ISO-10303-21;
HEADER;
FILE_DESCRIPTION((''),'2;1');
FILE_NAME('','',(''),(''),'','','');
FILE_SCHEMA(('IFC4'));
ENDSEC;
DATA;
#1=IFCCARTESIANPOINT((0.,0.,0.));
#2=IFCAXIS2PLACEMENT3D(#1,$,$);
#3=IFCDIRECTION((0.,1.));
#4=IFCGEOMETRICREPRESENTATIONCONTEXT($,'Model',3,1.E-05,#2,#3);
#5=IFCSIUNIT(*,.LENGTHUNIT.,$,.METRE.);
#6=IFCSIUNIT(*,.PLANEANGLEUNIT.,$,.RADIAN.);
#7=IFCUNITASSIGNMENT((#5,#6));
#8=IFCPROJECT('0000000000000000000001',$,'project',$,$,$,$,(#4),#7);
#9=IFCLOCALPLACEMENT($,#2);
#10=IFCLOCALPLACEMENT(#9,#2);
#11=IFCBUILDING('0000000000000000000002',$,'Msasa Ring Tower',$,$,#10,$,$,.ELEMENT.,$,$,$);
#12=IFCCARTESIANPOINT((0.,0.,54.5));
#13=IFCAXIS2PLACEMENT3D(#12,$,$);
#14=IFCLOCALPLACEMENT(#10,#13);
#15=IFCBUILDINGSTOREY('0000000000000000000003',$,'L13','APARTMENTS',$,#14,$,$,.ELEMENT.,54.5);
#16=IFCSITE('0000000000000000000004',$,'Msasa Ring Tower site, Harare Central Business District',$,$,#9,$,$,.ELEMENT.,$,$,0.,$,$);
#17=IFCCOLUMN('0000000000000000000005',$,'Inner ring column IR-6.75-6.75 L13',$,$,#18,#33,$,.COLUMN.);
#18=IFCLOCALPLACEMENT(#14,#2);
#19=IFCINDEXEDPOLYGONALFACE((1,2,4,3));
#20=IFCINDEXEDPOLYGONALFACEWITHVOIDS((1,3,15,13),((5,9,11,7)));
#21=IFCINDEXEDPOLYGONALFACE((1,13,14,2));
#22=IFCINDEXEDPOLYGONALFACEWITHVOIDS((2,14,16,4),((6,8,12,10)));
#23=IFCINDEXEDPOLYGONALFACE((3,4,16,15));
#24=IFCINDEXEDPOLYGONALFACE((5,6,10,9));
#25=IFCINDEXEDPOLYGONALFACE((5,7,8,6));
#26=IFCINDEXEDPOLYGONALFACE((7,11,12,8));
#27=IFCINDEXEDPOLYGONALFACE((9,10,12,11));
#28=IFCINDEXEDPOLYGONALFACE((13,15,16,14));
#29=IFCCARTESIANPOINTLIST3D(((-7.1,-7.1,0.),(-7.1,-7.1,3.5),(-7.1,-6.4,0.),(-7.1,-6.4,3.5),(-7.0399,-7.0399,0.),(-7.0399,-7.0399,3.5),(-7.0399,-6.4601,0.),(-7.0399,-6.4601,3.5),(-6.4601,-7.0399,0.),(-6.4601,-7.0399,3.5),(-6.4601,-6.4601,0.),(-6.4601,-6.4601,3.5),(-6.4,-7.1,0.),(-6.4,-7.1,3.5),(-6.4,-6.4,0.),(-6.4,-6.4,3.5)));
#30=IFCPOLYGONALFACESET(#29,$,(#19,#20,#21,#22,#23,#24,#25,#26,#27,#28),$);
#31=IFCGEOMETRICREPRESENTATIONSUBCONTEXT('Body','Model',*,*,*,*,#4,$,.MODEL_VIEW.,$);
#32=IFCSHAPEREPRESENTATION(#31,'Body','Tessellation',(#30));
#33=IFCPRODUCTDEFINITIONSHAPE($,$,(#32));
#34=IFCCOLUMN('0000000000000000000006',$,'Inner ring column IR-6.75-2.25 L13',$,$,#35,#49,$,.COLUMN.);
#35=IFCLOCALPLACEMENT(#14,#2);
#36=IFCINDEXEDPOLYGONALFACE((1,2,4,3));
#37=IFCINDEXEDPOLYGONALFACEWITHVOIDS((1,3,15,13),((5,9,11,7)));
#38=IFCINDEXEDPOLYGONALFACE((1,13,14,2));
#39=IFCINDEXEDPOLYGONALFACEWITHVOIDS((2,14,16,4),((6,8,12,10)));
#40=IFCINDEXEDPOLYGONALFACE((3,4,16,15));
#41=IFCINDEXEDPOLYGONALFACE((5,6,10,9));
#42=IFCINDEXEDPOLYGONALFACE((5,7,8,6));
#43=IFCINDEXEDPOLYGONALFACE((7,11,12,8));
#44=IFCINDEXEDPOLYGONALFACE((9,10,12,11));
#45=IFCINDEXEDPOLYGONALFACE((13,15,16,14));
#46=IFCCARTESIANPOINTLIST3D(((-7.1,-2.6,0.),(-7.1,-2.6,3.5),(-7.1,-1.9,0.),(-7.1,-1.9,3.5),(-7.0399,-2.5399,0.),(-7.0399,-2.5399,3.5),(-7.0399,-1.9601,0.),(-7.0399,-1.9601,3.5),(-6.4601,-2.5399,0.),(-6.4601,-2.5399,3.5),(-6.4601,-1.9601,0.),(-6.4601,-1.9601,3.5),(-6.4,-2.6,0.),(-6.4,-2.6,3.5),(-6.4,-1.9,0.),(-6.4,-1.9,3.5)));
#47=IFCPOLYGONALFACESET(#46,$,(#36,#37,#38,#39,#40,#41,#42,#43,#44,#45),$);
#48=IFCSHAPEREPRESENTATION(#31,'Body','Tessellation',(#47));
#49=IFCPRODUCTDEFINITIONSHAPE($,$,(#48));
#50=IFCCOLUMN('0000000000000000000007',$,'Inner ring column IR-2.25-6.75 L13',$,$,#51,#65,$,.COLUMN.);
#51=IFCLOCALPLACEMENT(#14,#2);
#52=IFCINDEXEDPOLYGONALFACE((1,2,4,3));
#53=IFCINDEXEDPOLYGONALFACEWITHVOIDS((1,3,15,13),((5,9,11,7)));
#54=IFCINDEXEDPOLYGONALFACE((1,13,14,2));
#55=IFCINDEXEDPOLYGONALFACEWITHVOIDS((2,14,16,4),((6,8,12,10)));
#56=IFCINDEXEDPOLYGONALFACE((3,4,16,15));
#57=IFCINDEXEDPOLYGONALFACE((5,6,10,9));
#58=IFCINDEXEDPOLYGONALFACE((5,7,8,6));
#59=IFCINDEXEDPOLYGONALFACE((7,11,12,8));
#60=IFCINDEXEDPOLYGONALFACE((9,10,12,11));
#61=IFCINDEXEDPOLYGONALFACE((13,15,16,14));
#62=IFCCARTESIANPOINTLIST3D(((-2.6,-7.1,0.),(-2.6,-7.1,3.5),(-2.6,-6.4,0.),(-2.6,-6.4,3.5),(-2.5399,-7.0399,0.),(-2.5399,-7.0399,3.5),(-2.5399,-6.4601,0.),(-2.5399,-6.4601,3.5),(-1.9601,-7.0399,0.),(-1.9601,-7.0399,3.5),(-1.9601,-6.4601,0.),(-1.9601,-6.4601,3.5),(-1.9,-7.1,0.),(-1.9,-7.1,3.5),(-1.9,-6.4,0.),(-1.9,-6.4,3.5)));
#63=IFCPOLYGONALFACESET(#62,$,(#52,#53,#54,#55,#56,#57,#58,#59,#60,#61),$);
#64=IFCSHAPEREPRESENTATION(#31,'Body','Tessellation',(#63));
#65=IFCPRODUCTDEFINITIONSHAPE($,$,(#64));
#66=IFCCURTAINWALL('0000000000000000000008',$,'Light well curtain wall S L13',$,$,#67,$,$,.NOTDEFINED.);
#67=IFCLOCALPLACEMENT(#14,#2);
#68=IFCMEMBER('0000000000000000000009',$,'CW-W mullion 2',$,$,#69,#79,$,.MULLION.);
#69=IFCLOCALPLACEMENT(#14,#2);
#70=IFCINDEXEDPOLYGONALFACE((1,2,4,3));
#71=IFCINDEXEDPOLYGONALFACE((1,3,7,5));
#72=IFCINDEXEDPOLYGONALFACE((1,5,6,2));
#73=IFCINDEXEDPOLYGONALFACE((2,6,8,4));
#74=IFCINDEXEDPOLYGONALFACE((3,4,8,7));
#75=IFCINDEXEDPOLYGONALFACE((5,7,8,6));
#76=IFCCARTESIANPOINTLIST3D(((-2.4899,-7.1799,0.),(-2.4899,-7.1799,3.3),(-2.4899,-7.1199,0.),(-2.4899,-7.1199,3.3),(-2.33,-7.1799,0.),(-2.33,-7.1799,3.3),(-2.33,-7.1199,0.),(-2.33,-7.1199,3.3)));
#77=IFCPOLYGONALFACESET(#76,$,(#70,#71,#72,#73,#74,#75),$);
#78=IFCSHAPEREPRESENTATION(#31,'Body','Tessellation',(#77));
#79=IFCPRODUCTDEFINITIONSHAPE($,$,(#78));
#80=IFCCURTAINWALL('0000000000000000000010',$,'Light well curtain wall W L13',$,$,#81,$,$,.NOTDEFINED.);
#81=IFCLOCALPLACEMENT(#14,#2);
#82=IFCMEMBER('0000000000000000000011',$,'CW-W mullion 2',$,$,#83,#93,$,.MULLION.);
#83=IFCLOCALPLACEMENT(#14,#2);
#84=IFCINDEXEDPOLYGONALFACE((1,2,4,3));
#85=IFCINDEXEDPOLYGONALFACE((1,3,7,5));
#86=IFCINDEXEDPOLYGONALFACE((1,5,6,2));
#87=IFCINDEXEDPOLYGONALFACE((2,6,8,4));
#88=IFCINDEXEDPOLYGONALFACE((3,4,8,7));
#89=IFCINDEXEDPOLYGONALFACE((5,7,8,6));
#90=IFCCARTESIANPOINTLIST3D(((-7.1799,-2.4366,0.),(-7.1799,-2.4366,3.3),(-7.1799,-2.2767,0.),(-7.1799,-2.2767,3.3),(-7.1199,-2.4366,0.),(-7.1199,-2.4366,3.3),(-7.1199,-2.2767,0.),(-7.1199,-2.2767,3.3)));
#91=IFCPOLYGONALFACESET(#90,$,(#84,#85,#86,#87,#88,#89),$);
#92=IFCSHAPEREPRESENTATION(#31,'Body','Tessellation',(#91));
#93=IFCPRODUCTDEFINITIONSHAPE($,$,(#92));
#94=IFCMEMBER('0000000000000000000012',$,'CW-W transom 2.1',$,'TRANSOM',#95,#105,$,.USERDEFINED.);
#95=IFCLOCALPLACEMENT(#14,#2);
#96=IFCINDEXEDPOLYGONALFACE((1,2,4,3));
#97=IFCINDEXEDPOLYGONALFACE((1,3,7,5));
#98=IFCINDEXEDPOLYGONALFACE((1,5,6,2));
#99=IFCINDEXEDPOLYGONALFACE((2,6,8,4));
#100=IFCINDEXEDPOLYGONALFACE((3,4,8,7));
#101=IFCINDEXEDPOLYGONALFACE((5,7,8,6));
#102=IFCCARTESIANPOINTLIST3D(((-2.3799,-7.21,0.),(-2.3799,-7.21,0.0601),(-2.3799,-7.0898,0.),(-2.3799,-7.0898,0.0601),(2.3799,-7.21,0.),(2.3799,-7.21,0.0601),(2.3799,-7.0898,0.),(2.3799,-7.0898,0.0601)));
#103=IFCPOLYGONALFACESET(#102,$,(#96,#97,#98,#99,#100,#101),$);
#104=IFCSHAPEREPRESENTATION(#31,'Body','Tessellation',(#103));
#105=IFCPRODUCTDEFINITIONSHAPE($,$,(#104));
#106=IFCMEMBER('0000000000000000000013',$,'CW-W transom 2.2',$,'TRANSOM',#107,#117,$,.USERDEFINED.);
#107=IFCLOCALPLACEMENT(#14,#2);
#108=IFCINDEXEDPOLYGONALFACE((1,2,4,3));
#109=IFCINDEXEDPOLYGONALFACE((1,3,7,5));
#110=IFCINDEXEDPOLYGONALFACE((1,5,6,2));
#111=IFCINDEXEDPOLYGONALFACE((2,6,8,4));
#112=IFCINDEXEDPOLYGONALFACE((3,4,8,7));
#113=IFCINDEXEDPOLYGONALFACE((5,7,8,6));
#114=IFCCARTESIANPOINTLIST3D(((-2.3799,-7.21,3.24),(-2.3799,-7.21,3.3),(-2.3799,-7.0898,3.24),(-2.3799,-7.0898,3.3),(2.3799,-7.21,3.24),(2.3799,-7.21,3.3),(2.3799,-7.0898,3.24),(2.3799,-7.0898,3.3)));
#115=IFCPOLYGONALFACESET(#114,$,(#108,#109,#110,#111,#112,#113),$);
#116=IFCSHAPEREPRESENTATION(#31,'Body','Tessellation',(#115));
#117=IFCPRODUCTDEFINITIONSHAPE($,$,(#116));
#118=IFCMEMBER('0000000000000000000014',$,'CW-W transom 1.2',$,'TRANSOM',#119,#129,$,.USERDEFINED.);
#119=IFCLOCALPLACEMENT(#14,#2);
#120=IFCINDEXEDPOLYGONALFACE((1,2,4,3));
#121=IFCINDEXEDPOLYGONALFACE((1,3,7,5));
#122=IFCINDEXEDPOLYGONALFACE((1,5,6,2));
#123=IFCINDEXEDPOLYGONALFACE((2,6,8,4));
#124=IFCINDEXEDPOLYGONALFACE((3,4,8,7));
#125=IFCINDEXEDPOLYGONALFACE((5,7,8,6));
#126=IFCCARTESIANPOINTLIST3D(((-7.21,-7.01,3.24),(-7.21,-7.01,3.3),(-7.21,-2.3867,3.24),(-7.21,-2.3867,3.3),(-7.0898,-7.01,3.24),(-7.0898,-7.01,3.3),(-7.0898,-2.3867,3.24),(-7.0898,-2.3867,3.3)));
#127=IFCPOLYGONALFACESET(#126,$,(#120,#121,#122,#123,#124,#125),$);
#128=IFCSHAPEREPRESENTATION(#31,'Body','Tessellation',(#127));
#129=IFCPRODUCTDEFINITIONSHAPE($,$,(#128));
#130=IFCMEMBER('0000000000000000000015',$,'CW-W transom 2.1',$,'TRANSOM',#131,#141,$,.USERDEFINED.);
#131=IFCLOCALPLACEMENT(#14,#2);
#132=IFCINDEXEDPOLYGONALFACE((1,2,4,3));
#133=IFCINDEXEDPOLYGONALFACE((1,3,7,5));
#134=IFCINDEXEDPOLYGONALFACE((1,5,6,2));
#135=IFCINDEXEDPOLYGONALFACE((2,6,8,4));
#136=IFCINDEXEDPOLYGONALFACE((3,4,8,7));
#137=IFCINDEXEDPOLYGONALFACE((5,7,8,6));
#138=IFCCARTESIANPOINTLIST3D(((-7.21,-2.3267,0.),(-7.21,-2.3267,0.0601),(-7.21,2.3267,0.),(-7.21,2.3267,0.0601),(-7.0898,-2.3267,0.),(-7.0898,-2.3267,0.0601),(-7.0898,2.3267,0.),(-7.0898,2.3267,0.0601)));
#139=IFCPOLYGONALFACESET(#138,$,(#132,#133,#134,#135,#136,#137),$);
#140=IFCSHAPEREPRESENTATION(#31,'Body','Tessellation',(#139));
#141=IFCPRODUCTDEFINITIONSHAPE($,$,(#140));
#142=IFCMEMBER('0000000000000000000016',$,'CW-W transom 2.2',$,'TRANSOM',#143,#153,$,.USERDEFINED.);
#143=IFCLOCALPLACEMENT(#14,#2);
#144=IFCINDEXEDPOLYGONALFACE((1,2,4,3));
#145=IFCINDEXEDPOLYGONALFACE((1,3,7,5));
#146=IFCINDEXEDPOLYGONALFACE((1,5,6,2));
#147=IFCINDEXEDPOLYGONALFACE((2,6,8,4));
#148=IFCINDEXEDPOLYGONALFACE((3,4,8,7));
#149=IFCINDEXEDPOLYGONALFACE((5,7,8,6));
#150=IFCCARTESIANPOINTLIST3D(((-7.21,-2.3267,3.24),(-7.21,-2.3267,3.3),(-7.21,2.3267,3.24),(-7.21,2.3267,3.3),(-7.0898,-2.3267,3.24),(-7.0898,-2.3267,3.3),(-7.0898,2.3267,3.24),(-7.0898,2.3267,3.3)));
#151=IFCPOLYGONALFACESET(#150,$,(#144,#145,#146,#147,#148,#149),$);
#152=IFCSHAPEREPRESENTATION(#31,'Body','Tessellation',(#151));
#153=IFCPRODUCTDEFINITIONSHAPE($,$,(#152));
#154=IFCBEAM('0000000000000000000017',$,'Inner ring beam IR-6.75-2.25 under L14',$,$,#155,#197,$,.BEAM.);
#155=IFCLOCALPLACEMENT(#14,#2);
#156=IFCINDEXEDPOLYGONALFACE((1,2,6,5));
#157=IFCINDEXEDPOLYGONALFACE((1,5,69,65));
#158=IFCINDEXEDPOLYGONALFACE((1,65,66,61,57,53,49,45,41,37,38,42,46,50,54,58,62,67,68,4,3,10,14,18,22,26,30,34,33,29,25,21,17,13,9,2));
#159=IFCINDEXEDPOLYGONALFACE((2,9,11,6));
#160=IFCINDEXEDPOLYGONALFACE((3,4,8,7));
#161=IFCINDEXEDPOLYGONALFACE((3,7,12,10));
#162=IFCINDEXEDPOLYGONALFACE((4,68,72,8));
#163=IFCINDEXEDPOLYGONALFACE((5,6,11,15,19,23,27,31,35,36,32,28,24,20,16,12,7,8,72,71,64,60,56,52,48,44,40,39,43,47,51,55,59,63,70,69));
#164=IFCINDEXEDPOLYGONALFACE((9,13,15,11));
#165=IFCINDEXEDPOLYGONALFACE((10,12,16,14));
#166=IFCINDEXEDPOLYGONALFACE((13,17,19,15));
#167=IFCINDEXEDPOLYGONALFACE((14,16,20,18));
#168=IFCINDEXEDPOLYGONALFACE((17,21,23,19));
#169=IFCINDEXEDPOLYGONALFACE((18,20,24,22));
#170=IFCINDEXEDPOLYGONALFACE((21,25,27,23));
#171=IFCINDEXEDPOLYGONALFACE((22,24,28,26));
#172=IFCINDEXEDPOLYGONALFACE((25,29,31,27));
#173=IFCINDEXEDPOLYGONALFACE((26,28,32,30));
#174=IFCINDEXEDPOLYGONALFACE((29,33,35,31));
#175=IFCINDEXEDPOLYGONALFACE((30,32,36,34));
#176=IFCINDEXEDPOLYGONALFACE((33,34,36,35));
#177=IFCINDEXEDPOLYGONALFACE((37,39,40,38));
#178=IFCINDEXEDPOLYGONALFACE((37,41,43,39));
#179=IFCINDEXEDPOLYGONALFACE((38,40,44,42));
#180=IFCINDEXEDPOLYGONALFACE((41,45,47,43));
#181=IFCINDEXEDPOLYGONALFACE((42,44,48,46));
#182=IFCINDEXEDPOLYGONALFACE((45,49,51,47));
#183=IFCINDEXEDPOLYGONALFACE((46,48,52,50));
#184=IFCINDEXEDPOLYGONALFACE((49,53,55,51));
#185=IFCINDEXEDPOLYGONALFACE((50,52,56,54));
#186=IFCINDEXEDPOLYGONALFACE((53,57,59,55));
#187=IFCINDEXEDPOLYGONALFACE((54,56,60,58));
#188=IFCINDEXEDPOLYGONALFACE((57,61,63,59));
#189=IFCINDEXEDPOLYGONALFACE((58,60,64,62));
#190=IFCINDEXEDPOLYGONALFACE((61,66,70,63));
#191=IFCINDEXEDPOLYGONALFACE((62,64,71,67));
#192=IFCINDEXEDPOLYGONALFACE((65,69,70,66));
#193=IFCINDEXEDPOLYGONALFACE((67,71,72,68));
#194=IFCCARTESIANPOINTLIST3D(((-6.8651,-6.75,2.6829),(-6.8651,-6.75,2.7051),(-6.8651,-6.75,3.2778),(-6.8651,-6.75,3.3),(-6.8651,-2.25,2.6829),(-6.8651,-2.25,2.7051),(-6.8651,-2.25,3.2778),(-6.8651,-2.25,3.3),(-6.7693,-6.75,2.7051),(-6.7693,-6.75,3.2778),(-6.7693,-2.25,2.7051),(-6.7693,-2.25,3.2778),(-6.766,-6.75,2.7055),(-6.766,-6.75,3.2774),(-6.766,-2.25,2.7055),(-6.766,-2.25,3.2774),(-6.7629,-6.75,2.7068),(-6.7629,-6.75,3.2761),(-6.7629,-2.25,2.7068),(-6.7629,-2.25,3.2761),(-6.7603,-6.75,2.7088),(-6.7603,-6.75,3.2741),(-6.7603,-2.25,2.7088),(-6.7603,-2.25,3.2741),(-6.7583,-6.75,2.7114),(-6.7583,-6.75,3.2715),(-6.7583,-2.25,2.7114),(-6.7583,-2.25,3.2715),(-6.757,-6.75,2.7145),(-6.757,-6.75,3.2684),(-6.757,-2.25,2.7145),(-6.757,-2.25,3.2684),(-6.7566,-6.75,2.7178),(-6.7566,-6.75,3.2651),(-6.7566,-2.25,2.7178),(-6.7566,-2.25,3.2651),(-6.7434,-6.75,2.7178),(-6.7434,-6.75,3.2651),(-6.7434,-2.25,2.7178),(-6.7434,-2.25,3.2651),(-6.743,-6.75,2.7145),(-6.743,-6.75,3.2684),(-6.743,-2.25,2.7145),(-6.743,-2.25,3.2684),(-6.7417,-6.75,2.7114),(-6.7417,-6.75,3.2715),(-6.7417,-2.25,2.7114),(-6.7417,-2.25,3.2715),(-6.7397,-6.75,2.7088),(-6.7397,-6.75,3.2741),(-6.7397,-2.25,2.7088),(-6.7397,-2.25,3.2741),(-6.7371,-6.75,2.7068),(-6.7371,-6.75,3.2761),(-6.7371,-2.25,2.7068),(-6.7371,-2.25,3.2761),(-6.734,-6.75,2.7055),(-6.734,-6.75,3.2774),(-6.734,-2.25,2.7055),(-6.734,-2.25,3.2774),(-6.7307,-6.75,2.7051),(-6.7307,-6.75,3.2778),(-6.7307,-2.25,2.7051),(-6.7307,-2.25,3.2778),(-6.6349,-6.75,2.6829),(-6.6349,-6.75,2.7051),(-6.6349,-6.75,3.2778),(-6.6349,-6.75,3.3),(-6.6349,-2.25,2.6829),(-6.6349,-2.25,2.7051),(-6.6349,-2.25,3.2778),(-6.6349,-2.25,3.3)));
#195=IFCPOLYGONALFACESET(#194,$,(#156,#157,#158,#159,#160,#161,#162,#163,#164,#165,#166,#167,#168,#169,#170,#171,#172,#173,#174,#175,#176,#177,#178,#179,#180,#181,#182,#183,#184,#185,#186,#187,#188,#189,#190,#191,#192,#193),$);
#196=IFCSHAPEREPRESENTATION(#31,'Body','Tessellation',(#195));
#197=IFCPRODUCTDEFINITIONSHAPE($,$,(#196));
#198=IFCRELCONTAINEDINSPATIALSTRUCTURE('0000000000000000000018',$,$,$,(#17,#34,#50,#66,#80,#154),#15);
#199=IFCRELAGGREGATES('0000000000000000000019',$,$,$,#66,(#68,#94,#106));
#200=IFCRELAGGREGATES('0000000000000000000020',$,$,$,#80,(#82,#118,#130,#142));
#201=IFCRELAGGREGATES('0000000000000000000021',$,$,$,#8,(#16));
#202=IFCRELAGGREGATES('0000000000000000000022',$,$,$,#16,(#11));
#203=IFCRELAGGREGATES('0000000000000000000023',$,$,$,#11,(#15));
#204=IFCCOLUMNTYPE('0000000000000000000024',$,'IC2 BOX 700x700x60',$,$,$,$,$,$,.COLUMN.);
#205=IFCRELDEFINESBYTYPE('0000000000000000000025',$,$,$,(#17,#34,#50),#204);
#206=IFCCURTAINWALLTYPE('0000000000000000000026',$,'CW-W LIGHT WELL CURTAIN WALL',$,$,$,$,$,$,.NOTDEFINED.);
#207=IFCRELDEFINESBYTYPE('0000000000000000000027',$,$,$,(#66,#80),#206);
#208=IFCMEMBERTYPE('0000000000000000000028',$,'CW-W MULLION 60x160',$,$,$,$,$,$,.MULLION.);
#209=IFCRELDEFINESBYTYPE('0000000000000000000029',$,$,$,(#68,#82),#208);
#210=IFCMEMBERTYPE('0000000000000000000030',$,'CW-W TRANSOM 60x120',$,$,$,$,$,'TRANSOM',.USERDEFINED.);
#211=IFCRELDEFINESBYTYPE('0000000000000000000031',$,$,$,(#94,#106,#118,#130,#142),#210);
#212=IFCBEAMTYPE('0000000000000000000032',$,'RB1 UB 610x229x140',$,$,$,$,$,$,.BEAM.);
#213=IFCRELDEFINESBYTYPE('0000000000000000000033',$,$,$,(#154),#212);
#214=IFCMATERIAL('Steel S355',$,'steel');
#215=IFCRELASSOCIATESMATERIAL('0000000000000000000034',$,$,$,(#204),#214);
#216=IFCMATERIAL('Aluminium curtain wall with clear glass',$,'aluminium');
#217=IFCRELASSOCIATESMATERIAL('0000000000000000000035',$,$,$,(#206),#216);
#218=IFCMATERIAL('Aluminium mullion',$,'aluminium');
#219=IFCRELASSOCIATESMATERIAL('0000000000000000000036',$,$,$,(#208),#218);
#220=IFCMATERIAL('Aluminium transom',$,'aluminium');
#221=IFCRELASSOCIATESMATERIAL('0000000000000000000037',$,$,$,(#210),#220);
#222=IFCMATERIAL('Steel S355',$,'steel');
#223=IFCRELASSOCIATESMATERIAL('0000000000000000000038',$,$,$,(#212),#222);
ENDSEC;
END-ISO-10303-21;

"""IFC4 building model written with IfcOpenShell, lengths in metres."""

from ifc_helpers import new_model, si_unit, direction, frame, origin, origin_2d, place, context, subcontext, project, spatial, rectangle, hollow_rectangle, i_section, extrude, material, material_profile, profile_set, type_object, element, aggregate, save


model = new_model("IFC4")

# Units and contexts
model_context = context("Model", 3, precision=1e-05, world=origin(), true_north=direction((0.0, 1.0)))
body_context = subcontext(model_context, "Body", "Model", "MODEL_VIEW")
ifc_project = project(units=[si_unit("LENGTHUNIT", "METRE"), si_unit("PLANEANGLEUNIT", "RADIAN")], contexts=[model_context])

# Site, building, storey
site_placement = place(None, origin())
site = spatial("IfcSite", under=ifc_project, at=site_placement, Name="Msasa Ring Tower site, Harare Central Business District", CompositionType="ELEMENT", RefElevation=0.0)
building_placement = place(site_placement, origin())
building = spatial("IfcBuilding", under=site, at=building_placement, Name="Msasa Ring Tower", CompositionType="ELEMENT")
storey_placement = place(building_placement, frame((0.0, 0.0, 54.5)))
storey = spatial("IfcBuildingStorey", under=building, at=storey_placement, Name="L13", Description="APARTMENTS", CompositionType="ELEMENT", Elevation=54.5)

# Columns
ifc_material_1 = material(Name="Steel S355", Category="steel")
ifc_material_profile_1 = material_profile(ifc_material_1, hollow_rectangle(XDim=0.7, YDim=0.7, WallThickness=0.0601, at=origin_2d()), Name="BOX 700x700x60")
ifc_profile_set_1 = profile_set([ifc_material_profile_1], Name="Steel S355")
column_type = type_object("IfcColumnType", Name="IC2 BOX 700x700x60", PredefinedType="COLUMN", material=ifc_profile_set_1)
for number, where, z_axis, x_axis, name in (
    (1, (-6.75, -6.75, 0.0), (0.0, 0.0, 1.0), (1.0, 0.0, 0.0), "Inner ring column IR-6.75-6.75 L13"),
    (2, (-6.75, -2.25, 0.0), (0.0, 0.0, 1.0), (1.0, 0.0, 0.0), "Inner ring column IR-6.75-2.25 L13"),
    (3, (-2.25, -6.75, 0.0), (0.0, 0.0, 1.0), (1.0, 0.0, 0.0), "Inner ring column IR-2.25-6.75 L13"),
):
    element("IfcColumn", number, at=place(storey_placement, frame(where, z_axis=z_axis, x_axis=x_axis)), inside=storey, type_object=column_type, Name=name, PredefinedType="COLUMN", context=body_context, shape_type="SweptSolid", body=[
        extrude(hollow_rectangle(XDim=0.7, YDim=0.7, WallThickness=0.0601, at=origin_2d()), origin(), (0.0, 0.0, 1.0), 3.5),
    ])

# Curtain walls, members
ifc_material_2 = material(Name="Aluminium curtain wall with clear glass", Category="aluminium")
curtain_wall_type = type_object("IfcCurtainWallType", Name="CW-W LIGHT WELL CURTAIN WALL", PredefinedType="NOTDEFINED", material=ifc_material_2)
curtain_wall_1_placement = place(storey_placement, origin())
curtain_wall_1 = element("IfcCurtainWall", 4, at=curtain_wall_1_placement, inside=storey, type_object=curtain_wall_type, Name="Light well curtain wall S L13", PredefinedType="NOTDEFINED")
ifc_material_3 = material(Name="Aluminium mullion", Category="aluminium")
ifc_material_profile_2 = material_profile(ifc_material_3, rectangle(XDim=0.0601, YDim=0.1599, at=origin_2d()), Name="AL 60x160")
ifc_profile_set_2 = profile_set([ifc_material_profile_2], Name="Aluminium mullion")
member_type_1 = type_object("IfcMemberType", Name="CW-W MULLION 60x160", PredefinedType="MULLION", material=ifc_profile_set_2)
member_1_placement = place(storey_placement, frame((-2.4099, -7.1499, 0.0), z_axis=(0.0, 0.0, 1.0), x_axis=(0.0, 1.0, 0.0)))
member_1 = element("IfcMember", 5, at=member_1_placement, type_object=member_type_1, Name="CW-W mullion 2", PredefinedType="MULLION", context=body_context, shape_type="SweptSolid", body=[
    extrude(rectangle(XDim=0.0601, YDim=0.1599, at=origin_2d()), origin(), (0.0, 0.0, 1.0), 3.3),
])
curtain_wall_2_placement = place(storey_placement, origin())
curtain_wall_2 = element("IfcCurtainWall", 6, at=curtain_wall_2_placement, inside=storey, type_object=curtain_wall_type, Name="Light well curtain wall W L13", PredefinedType="NOTDEFINED")
member_2_placement = place(storey_placement, frame((-7.1499, -2.3567, 0.0), z_axis=(0.0, 0.0, 1.0), x_axis=(-1.0, 0.0, 0.0)))
member_2 = element("IfcMember", 7, at=member_2_placement, type_object=member_type_1, Name="CW-W mullion 2", PredefinedType="MULLION", context=body_context, shape_type="SweptSolid", body=[
    extrude(rectangle(XDim=0.0601, YDim=0.1599, at=origin_2d()), origin(), (0.0, 0.0, 1.0), 3.3),
])

# Members
ifc_material_4 = material(Name="Aluminium transom", Category="aluminium")
ifc_material_profile_3 = material_profile(ifc_material_4, rectangle(XDim=0.1201, YDim=0.0601, at=origin_2d()), Name="AL 60x120")
ifc_profile_set_3 = profile_set([ifc_material_profile_3], Name="Aluminium transom")
member_type_2 = type_object("IfcMemberType", Name="CW-W TRANSOM 60x120", ElementType="TRANSOM", PredefinedType="USERDEFINED", material=ifc_profile_set_3)
member_3_placement = place(storey_placement, frame((-2.3799, -7.1499, 0.03), z_axis=(1.0, 0.0, 0.0), x_axis=(0.0, 1.0, 0.0)))
member_3 = element("IfcMember", 8, at=member_3_placement, type_object=member_type_2, Name="CW-W transom 2.1", ObjectType="TRANSOM", PredefinedType="USERDEFINED", context=body_context, shape_type="SweptSolid", body=[
    extrude(rectangle(XDim=0.1201, YDim=0.0601, at=origin_2d()), origin(), (0.0, 0.0, 1.0), 4.7598),
])
member_4_placement = place(storey_placement, frame((-2.3799, -7.1499, 3.27), z_axis=(1.0, 0.0, 0.0), x_axis=(0.0, 1.0, 0.0)))
member_4 = element("IfcMember", 9, at=member_4_placement, type_object=member_type_2, Name="CW-W transom 2.2", ObjectType="TRANSOM", PredefinedType="USERDEFINED", context=body_context, shape_type="SweptSolid", body=[
    extrude(rectangle(XDim=0.1201, YDim=0.0601, at=origin_2d()), origin(), (0.0, 0.0, 1.0), 4.7598),
])
member_5_placement = place(storey_placement, frame((-7.1499, -7.01, 3.27), z_axis=(0.0, 1.0, 0.0), x_axis=(-1.0, 0.0, 0.0)))
member_5 = element("IfcMember", 10, at=member_5_placement, type_object=member_type_2, Name="CW-W transom 1.2", ObjectType="TRANSOM", PredefinedType="USERDEFINED", context=body_context, shape_type="SweptSolid", body=[
    extrude(rectangle(XDim=0.1201, YDim=0.0601, at=origin_2d()), origin(), (0.0, 0.0, 1.0), 4.6233),
])
member_6_placement = place(storey_placement, frame((-7.1499, -2.3267, 0.03), z_axis=(0.0, 1.0, 0.0), x_axis=(-1.0, 0.0, 0.0)))
member_6 = element("IfcMember", 11, at=member_6_placement, type_object=member_type_2, Name="CW-W transom 2.1", ObjectType="TRANSOM", PredefinedType="USERDEFINED", context=body_context, shape_type="SweptSolid", body=[
    extrude(rectangle(XDim=0.1201, YDim=0.0601, at=origin_2d()), origin(), (0.0, 0.0, 1.0), 4.6533),
])
member_7_placement = place(storey_placement, frame((-7.1499, -2.3267, 3.27), z_axis=(0.0, 1.0, 0.0), x_axis=(-1.0, 0.0, 0.0)))
member_7 = element("IfcMember", 12, at=member_7_placement, type_object=member_type_2, Name="CW-W transom 2.2", ObjectType="TRANSOM", PredefinedType="USERDEFINED", context=body_context, shape_type="SweptSolid", body=[
    extrude(rectangle(XDim=0.1201, YDim=0.0601, at=origin_2d()), origin(), (0.0, 0.0, 1.0), 4.6533),
])

# Beam
ifc_material_5 = material(Name="Steel S355", Category="steel")
ifc_material_profile_4 = material_profile(ifc_material_5, i_section(OverallWidth=0.2302, OverallDepth=0.6172, WebThickness=0.0132, FlangeThickness=0.0222, FilletRadius=0.0127, at=origin_2d()), Name="UB 610x229x140")
ifc_profile_set_4 = profile_set([ifc_material_profile_4], Name="Steel S355")
beam_type = type_object("IfcBeamType", Name="RB1 UB 610x229x140", PredefinedType="BEAM", material=ifc_profile_set_4)
for number, where, z_axis, x_axis, name in (
    (13, (-6.75, -2.25, 2.9915), (0.0, -1.0, 0.0), (1.0, 0.0, 0.0), "Inner ring beam IR-6.75-2.25 under L14"),
):
    element("IfcBeam", number, at=place(storey_placement, frame(where, z_axis=z_axis, x_axis=x_axis)), inside=storey, type_object=beam_type, Name=name, PredefinedType="BEAM", context=body_context, shape_type="SweptSolid", body=[
        extrude(i_section(OverallWidth=0.2302, OverallDepth=0.6172, WebThickness=0.0132, FlangeThickness=0.0222, FilletRadius=0.0127, at=origin_2d()), origin(), (0.0, 0.0, 1.0), 4.5),
    ])

aggregate(curtain_wall_1, [member_1, member_3, member_4])
aggregate(curtain_wall_2, [member_2, member_5, member_6, member_7])

save(model, "model.ifc")
